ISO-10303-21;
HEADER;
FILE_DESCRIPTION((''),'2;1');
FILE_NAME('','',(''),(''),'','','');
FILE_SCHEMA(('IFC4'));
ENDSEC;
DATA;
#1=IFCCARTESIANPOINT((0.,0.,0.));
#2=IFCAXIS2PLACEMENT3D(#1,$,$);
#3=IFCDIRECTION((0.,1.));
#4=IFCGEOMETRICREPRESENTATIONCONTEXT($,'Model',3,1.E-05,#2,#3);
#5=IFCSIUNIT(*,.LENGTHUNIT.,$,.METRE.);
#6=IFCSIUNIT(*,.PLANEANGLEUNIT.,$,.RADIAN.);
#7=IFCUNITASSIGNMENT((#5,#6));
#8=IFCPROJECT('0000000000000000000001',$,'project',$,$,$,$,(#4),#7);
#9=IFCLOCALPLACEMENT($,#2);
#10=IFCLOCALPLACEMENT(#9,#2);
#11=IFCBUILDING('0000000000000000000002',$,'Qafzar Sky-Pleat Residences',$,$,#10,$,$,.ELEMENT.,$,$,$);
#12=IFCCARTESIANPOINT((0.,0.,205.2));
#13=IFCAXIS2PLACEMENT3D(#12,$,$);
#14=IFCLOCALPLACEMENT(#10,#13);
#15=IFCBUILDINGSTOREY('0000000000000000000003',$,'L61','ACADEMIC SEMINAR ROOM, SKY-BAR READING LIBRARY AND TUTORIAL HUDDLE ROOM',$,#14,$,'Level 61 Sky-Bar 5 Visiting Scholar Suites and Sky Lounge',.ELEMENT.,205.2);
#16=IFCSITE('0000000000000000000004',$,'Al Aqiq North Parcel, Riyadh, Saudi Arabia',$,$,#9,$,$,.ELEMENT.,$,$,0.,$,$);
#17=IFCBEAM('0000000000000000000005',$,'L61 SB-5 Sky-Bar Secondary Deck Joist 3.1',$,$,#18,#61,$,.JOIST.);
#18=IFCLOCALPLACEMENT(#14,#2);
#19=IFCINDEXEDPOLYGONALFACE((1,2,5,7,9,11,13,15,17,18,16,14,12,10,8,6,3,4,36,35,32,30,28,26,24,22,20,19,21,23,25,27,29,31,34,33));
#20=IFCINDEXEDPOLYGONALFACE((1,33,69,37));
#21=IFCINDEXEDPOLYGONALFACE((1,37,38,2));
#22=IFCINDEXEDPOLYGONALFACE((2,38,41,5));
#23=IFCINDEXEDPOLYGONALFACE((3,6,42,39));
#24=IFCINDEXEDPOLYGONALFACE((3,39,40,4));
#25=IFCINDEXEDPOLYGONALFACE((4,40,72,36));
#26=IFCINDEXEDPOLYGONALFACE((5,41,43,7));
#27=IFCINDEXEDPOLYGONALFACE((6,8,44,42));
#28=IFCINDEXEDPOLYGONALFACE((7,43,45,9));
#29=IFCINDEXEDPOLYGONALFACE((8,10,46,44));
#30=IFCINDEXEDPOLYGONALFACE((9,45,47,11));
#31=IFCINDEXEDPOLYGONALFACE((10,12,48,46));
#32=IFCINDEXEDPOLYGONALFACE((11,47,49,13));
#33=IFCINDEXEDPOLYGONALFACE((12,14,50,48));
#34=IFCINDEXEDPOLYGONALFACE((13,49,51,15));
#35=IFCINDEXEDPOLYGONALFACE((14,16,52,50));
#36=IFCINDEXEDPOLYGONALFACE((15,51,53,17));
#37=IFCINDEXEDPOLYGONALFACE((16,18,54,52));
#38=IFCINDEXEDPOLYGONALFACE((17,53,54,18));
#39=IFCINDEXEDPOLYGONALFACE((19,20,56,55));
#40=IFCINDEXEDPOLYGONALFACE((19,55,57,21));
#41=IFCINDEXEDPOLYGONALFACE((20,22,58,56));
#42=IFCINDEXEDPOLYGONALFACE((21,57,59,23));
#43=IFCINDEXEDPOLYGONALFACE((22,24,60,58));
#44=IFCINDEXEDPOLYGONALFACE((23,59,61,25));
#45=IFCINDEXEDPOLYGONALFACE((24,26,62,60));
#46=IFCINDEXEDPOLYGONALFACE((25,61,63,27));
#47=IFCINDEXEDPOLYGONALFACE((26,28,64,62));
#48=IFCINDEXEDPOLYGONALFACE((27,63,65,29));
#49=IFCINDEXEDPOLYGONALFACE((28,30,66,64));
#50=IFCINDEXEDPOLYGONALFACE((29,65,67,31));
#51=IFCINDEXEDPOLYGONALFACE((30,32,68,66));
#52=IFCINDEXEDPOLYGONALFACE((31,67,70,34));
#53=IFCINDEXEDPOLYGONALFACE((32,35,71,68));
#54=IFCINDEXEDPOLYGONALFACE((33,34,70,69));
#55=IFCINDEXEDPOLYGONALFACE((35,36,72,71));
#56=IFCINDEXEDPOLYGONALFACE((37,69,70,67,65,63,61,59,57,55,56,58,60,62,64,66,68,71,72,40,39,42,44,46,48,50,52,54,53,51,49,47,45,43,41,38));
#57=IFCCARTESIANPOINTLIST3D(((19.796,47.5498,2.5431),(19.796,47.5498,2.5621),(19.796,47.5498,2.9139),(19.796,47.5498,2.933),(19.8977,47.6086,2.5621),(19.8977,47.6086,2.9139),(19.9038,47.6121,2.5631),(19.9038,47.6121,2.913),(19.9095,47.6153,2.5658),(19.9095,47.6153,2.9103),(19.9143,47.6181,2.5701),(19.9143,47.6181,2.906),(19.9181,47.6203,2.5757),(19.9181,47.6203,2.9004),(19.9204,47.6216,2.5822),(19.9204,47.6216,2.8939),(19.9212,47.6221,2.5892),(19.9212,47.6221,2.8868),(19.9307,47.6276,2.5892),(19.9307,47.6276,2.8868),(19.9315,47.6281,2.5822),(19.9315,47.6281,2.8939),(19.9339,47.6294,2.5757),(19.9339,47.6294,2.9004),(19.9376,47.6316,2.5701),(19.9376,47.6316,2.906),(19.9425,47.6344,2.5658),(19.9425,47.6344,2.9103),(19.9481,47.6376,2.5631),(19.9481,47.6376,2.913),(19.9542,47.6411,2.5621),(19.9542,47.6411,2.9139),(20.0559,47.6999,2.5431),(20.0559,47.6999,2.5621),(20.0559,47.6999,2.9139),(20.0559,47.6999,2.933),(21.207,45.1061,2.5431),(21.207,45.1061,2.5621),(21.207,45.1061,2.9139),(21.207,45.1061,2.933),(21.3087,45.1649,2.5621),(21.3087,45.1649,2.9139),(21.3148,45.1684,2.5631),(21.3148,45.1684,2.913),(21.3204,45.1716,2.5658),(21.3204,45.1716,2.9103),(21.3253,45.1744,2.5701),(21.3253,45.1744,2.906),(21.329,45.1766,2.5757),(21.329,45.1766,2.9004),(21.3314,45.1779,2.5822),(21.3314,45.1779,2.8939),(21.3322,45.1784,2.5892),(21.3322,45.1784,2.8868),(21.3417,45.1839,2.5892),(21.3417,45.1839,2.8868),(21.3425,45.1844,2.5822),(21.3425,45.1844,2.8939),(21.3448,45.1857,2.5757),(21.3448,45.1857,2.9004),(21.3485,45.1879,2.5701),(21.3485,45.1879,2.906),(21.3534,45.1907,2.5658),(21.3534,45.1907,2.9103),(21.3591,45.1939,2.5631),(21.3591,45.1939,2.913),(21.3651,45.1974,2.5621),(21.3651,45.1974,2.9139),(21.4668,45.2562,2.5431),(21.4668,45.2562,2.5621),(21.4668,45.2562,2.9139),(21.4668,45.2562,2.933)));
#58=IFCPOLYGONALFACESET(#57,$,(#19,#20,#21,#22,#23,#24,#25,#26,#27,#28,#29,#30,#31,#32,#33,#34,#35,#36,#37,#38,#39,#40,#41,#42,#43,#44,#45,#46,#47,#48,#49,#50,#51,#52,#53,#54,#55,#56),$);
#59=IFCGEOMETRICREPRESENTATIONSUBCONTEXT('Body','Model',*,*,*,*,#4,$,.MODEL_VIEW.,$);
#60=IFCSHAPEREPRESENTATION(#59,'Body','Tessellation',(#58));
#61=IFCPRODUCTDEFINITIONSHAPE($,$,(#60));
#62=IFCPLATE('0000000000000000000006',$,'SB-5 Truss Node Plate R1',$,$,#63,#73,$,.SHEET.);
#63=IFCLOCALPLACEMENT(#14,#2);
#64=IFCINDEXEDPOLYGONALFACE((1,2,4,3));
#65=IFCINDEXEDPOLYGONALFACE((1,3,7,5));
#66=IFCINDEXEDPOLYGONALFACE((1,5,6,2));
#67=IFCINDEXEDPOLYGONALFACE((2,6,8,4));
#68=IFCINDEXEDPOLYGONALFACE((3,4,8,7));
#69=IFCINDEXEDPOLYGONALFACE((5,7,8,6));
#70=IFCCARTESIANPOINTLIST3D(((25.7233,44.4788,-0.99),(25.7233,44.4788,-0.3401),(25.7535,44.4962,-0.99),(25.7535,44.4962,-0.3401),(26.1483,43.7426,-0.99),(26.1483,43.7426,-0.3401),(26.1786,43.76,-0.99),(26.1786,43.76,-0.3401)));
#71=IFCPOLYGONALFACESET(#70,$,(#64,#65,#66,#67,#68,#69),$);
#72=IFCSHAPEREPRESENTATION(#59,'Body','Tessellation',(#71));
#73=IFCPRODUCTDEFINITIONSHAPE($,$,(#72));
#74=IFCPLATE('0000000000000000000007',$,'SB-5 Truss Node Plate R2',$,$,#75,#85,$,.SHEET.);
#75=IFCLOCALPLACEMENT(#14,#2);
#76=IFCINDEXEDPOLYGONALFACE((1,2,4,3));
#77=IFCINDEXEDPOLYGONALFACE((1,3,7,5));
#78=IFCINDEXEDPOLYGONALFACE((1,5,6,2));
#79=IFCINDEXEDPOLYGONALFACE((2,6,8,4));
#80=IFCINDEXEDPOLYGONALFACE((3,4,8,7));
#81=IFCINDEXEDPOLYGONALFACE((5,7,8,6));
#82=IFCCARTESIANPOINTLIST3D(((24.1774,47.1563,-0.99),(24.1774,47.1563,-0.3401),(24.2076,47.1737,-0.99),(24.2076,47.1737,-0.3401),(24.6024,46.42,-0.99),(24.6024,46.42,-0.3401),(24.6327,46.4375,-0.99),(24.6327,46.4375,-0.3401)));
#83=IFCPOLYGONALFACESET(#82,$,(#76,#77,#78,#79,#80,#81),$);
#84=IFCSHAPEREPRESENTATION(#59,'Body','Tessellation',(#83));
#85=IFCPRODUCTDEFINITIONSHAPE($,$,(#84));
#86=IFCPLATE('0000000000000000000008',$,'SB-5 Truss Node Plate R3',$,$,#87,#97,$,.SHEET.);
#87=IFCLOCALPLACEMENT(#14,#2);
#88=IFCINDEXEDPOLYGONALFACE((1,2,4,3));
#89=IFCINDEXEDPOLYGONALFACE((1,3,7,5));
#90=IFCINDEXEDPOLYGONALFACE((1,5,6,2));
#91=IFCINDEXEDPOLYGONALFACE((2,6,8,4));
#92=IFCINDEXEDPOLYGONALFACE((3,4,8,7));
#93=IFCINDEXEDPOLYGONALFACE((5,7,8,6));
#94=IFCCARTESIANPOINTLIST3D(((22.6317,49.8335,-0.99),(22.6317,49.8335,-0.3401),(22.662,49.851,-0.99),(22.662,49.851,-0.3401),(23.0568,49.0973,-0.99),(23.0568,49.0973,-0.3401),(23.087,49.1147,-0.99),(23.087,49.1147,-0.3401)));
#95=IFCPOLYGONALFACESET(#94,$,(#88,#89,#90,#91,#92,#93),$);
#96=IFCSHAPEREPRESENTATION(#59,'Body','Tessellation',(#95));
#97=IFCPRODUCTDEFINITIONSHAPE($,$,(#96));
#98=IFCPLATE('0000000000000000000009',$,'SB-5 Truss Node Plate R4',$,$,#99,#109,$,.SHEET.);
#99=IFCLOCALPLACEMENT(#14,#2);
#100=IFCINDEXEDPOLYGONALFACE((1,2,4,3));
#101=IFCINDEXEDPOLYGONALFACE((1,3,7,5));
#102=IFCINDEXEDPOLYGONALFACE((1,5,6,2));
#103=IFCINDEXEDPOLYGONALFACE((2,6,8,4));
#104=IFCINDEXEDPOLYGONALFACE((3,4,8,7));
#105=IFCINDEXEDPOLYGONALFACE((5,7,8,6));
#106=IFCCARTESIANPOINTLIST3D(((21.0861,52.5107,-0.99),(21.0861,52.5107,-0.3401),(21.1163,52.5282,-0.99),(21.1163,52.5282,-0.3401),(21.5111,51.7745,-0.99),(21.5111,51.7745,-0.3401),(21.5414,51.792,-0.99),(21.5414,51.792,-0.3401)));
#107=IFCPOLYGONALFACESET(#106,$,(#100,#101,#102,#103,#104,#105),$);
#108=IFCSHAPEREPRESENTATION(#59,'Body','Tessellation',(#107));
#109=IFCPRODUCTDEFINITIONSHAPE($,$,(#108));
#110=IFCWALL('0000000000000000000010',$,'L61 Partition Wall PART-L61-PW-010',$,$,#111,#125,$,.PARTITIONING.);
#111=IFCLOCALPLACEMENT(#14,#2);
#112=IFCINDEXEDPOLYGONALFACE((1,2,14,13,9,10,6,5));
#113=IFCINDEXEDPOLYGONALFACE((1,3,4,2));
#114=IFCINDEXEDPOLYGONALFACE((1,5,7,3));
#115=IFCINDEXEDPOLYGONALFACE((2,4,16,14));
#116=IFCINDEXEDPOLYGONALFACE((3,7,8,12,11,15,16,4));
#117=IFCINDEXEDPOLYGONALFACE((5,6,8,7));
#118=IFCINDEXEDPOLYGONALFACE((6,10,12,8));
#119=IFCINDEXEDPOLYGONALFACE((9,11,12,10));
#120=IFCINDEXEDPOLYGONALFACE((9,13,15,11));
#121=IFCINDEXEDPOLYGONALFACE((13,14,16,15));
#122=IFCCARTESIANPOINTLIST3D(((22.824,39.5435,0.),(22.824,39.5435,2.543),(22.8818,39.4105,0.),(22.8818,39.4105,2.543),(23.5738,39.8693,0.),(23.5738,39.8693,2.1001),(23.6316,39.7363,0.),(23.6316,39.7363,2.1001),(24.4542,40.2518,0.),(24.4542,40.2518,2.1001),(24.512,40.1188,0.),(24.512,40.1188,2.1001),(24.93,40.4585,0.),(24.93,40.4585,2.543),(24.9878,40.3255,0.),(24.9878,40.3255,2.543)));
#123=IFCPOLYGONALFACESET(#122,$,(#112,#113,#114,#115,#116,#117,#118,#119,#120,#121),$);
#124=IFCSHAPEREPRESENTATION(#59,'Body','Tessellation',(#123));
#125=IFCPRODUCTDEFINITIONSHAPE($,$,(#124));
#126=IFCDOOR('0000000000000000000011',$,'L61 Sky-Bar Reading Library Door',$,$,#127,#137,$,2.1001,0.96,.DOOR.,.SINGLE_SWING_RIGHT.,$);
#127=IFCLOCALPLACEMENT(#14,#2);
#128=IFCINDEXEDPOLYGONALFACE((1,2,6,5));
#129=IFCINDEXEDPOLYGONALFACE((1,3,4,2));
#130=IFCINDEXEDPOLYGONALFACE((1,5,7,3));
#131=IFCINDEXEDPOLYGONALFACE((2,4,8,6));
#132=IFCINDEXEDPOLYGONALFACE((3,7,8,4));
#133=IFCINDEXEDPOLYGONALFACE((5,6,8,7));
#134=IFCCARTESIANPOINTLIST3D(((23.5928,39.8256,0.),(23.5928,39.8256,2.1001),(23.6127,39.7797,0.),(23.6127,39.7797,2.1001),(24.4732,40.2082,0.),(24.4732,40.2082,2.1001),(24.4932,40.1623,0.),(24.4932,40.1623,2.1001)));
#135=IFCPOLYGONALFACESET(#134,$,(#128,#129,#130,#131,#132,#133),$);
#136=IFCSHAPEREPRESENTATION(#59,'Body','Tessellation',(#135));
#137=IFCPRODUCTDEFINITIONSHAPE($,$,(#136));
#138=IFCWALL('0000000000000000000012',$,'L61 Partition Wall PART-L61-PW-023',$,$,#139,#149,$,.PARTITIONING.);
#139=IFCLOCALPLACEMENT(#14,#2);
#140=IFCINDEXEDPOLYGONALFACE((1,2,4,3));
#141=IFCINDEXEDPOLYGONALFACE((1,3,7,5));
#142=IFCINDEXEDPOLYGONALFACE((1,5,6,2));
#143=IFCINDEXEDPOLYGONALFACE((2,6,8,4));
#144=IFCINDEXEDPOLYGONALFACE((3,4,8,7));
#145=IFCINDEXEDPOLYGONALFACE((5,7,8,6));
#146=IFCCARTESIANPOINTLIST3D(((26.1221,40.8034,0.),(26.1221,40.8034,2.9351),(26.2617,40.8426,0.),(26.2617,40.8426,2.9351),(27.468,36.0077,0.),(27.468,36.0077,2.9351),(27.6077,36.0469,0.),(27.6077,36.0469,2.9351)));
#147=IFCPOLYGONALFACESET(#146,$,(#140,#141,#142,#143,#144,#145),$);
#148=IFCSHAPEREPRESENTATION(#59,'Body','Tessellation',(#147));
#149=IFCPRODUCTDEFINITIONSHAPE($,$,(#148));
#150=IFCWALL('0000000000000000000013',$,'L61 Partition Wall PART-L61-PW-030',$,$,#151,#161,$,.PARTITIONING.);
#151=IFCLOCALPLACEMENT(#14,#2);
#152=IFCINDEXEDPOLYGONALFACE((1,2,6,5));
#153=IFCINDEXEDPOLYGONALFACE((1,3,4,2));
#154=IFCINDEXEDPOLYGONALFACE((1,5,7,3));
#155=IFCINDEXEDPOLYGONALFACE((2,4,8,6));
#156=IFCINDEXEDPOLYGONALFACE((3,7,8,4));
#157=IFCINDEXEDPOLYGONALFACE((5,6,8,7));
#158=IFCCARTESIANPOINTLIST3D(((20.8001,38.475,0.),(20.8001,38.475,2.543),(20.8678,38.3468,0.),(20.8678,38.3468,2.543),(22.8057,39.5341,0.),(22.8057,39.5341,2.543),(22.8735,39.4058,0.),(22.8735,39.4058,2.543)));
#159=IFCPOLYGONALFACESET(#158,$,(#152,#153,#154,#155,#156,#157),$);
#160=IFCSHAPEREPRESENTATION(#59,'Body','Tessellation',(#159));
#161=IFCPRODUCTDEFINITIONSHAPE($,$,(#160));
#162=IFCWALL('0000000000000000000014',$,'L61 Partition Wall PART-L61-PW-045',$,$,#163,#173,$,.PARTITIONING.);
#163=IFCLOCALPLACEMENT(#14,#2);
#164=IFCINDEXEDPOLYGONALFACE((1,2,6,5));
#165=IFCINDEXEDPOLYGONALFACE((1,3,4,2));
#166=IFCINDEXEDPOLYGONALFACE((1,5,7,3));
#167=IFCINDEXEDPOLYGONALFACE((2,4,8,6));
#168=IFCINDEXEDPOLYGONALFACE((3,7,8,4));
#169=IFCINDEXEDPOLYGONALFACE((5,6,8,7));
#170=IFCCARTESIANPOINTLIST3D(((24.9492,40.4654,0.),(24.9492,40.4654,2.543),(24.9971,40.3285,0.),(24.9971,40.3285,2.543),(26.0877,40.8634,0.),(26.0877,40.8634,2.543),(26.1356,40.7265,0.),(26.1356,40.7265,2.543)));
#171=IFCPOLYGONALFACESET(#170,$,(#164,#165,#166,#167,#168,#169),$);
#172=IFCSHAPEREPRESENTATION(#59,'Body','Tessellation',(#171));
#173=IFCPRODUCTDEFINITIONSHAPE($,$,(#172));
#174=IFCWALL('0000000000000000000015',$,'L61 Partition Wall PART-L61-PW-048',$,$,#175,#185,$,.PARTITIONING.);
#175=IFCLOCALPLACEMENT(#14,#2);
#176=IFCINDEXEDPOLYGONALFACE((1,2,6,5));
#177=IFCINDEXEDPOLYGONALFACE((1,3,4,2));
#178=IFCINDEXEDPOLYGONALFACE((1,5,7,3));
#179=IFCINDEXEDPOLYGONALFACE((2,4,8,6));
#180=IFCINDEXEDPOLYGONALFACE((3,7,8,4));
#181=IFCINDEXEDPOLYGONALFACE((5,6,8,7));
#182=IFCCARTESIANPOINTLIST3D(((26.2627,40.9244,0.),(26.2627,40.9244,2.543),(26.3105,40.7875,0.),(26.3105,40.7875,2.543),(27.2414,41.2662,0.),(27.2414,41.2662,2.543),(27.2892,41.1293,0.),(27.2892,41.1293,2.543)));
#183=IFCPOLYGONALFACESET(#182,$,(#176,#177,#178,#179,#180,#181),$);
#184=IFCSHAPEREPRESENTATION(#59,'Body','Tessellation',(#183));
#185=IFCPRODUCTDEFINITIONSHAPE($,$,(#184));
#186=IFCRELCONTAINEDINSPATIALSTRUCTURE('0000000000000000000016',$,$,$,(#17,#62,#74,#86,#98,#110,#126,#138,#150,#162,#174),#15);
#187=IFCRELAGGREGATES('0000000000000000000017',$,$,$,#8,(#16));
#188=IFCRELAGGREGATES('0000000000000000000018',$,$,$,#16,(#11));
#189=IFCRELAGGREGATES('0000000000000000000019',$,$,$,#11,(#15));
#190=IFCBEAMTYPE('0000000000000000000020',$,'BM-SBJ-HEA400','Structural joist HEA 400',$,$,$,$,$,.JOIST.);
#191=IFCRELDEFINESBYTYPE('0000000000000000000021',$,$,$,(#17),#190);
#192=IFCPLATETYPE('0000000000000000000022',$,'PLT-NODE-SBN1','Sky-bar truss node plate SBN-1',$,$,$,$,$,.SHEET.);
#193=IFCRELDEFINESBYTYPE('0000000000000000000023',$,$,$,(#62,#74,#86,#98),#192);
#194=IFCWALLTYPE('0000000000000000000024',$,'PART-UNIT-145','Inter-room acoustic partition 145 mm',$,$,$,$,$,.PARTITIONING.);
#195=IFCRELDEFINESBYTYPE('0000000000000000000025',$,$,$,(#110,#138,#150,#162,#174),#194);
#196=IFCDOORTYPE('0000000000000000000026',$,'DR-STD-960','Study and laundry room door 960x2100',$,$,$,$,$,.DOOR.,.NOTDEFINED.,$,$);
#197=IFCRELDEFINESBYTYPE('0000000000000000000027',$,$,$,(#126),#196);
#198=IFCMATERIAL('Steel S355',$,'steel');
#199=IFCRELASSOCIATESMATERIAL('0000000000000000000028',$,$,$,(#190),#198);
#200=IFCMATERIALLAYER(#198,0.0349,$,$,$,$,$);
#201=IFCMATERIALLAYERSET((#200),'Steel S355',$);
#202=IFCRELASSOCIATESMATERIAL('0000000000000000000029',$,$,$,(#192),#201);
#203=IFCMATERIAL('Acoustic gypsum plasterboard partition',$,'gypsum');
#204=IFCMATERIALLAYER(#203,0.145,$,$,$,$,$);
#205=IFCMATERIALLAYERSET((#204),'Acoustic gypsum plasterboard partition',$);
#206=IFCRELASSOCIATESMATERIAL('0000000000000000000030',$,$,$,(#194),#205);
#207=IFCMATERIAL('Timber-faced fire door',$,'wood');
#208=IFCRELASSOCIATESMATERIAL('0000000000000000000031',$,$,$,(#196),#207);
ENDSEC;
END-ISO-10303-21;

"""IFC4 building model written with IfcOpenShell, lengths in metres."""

from ifc_helpers import new_model, si_unit, direction, frame, frame_2d, origin, origin_2d, place, context, subcontext, project, spatial, rectangle, i_section, extrude, source, transform, mapped, material, layer, layer_set, material_profile, profile_set, type_object, element, fill, save


model = new_model("IFC4")

# Units and contexts
model_context = context("Model", 3, precision=1e-05, world=origin(), true_north=direction((0.0, 1.0)))
body_context = subcontext(model_context, "Body", "Model", "MODEL_VIEW")
ifc_project = project(units=[si_unit("LENGTHUNIT", "METRE"), si_unit("PLANEANGLEUNIT", "RADIAN")], contexts=[model_context])

# Site, building, storey
site_placement = place(None, origin())
site = spatial("IfcSite", under=ifc_project, at=site_placement, Name="Al Aqiq North Parcel, Riyadh, Saudi Arabia", CompositionType="ELEMENT", RefElevation=0.0)
building_placement = place(site_placement, origin())
building = spatial("IfcBuilding", under=site, at=building_placement, Name="Qafzar Sky-Pleat Residences", CompositionType="ELEMENT")
storey_placement = place(building_placement, frame((0.0, 0.0, 205.2)))
storey = spatial("IfcBuildingStorey", under=building, at=storey_placement, Name="L61", Description="ACADEMIC SEMINAR ROOM, SKY-BAR READING LIBRARY AND TUTORIAL HUDDLE ROOM", LongName="Level 61 Sky-Bar 5 Visiting Scholar Suites and Sky Lounge", CompositionType="ELEMENT", Elevation=205.2)

# Shared definitions
ifc_material_1 = material(Name="Steel S355", Category="steel")

# Beam
ifc_material_profile_1 = material_profile(ifc_material_1, i_section(OverallWidth=0.3, OverallDepth=0.3899, WebThickness=0.011, FlangeThickness=0.019, FilletRadius=0.0271, at=origin_2d()), Name="HEA 400")
ifc_profile_set_1 = profile_set([ifc_material_profile_1], Name="Steel S355")
beam_type_1 = type_object("IfcBeamType", Name="BM-SBJ-HEA400", Description="Structural joist HEA 400", PredefinedType="JOIST", material=ifc_profile_set_1)
shared_shape_1 = source(origin(), body_context, "Body", "SweptSolid", [
    extrude(i_section(OverallWidth=0.3, OverallDepth=0.3899, WebThickness=0.011, FlangeThickness=0.019, FilletRadius=0.0271, at=origin_2d()), origin(), (0.0, 0.0, 1.0), 2.8218),
])
beam_1_placement = place(storey_placement, frame((21.3369, 45.1812, 2.738), z_axis=(-0.50002, 0.866014, 0.0), x_axis=(-0.866014, -0.50002, 0.0)))
element("IfcBeam", 1, at=beam_1_placement, inside=storey, type_object=beam_type_1, Name="L61 SB-5 Sky-Bar Secondary Deck Joist 3.1", PredefinedType="JOIST", context=body_context, shape_type="MappedRepresentation", body=[
    mapped(shared_shape_1, transform((0.0, 0.0, 0.0), x_axis=(1.0, 0.0, 0.0), y_axis=(0.0, 1.0, 0.0), z_axis=(0.0, 0.0, 1.0), scale=1.0)),
])

# Plates
ifc_layer_1 = layer(ifc_material_1, 0.0349)
ifc_layer_set_1 = layer_set([ifc_layer_1], Name="Steel S355")
plate_type = type_object("IfcPlateType", Name="PLT-NODE-SBN1", Description="Sky-bar truss node plate SBN-1", PredefinedType="SHEET", material=ifc_layer_set_1)
shared_shape_2 = source(origin(), body_context, "Body", "SweptSolid", [
    extrude(rectangle(XDim=0.8501, YDim=0.0349, at=origin_2d()), origin(), (0.0, 0.0, 1.0), 0.6499),
])
for number, where, z_axis, x_axis, name in (
    (2, (25.9509, 44.1194, -0.99), (0.0, 0.0, 1.0), (-0.5, 0.866025, 0.0), "SB-5 Truss Node Plate R1"),
    (3, (24.405, 46.7969, -0.99), (0.0, 0.0, 1.0), (-0.5, 0.866025, 0.0), "SB-5 Truss Node Plate R2"),
    (4, (22.8594, 49.4741, -0.99), (0.0, 0.0, 1.0), (-0.5, 0.866025, 0.0), "SB-5 Truss Node Plate R3"),
    (5, (21.3137, 52.1514, -0.99), (0.0, 0.0, 1.0), (-0.5, 0.866025, 0.0), "SB-5 Truss Node Plate R4"),
):
    element("IfcPlate", number, at=place(storey_placement, frame(where, z_axis=z_axis, x_axis=x_axis)), inside=storey, type_object=plate_type, Name=name, PredefinedType="SHEET", context=body_context, shape_type="MappedRepresentation", body=[
        mapped(shared_shape_2, transform((0.0, 0.0, 0.0), x_axis=(1.0, 0.0, 0.0), y_axis=(0.0, 1.0, 0.0), z_axis=(0.0, 0.0, 1.0), scale=1.0)),
    ])

# Wall, opening, door
ifc_material_2 = material(Name="Acoustic gypsum plasterboard partition", Category="gypsum")
ifc_layer_2 = layer(ifc_material_2, 0.145)
ifc_layer_set_2 = layer_set([ifc_layer_2], Name="Acoustic gypsum plasterboard partition")
wall_type = type_object("IfcWallType", Name="PART-UNIT-145", Description="Inter-room acoustic partition 145 mm", PredefinedType="PARTITIONING", material=ifc_layer_set_2)
wall_1_placement = place(storey_placement, frame((22.853, 39.4771, 0.0), z_axis=(0.0, 0.0, 1.0), x_axis=(0.917165, 0.398508, 0.0)))
wall_1 = element("IfcWall", 6, at=wall_1_placement, inside=storey, type_object=wall_type, Name="L61 Partition Wall PART-L61-PW-010", PredefinedType="PARTITIONING", context=body_context, shape_type="SweptSolid", body=[
    extrude(rectangle(XDim=2.2961, YDim=0.145, at=frame_2d((1.1479, 0.0))), origin(), (0.0, 0.0, 1.0), 2.543),
])
opening_placement = place(wall_1_placement, frame((0.8174, 0.0, 0.0)))
opening = element("IfcOpeningElement", 7, at=opening_placement, cuts=wall_1, PredefinedType="OPENING", context=body_context, shape_type="SweptSolid", body=[
    extrude(rectangle(XDim=0.96, YDim=2.1001, at=frame_2d((0.48, 1.05))), frame((0.0, 0.0825, 0.0), z_axis=(0.0, -1.0, 0.0), x_axis=(1.0, 0.0, 0.0)), (0.0, 0.0, 1.0), 0.165),
])
ifc_material_3 = material(Name="Timber-faced fire door", Category="wood")
door_type = type_object("IfcDoorType", Name="DR-STD-960", Description="Study and laundry room door 960x2100", OperationType="NOTDEFINED", PredefinedType="DOOR", material=ifc_material_3)
shared_shape_3 = source(origin(), body_context, "Body", "SweptSolid", [
    extrude(rectangle(XDim=0.96, YDim=2.1001, at=frame_2d((0.48, 1.05))), frame((0.0, 0.0249, 0.0), z_axis=(0.0, -1.0, 0.0), x_axis=(1.0, 0.0, 0.0)), (0.0, 0.0, 1.0), 0.05),
])
door_placement = place(opening_placement, origin())
door = element("IfcDoor", 8, at=door_placement, inside=storey, type_object=door_type, Name="L61 Sky-Bar Reading Library Door", OperationType="SINGLE_SWING_RIGHT", OverallHeight=2.1001, OverallWidth=0.96, PredefinedType="DOOR", context=body_context, shape_type="MappedRepresentation", body=[
    mapped(shared_shape_3, transform((0.0, 0.0, 0.0), x_axis=(1.0, 0.0, 0.0), y_axis=(0.0, 1.0, 0.0), z_axis=(0.0, 0.0, 1.0), scale=1.0)),
])
fill(opening, door)

# Walls
wall_2_placement = place(storey_placement, frame((26.1919, 40.823, 0.0), z_axis=(0.0, 0.0, 1.0), x_axis=(0.270219, -0.962799, 0.0)))
element("IfcWall", 9, at=wall_2_placement, inside=storey, type_object=wall_type, Name="L61 Partition Wall PART-L61-PW-023", PredefinedType="PARTITIONING", context=body_context, shape_type="SweptSolid", body=[
    extrude(rectangle(XDim=4.981, YDim=0.145, at=frame_2d((2.4905, 0.0))), origin(), (0.0, 0.0, 1.0), 2.9351),
])
wall_3_placement = place(storey_placement, frame((20.834, 38.4109, 0.0), z_axis=(0.0, 0.0, 1.0), x_axis=(0.884282, 0.466953, 0.0)))
element("IfcWall", 10, at=wall_3_placement, inside=storey, type_object=wall_type, Name="L61 Partition Wall PART-L61-PW-030", PredefinedType="PARTITIONING", context=body_context, shape_type="SweptSolid", body=[
    extrude(rectangle(XDim=2.2681, YDim=0.145, at=frame_2d((1.134, 0.0))), origin(), (0.0, 0.0, 1.0), 2.543),
])
wall_4_placement = place(storey_placement, frame((24.9731, 40.397, 0.0), z_axis=(0.0, 0.0, 1.0), x_axis=(0.943988, 0.329981, 0.0)))
element("IfcWall", 11, at=wall_4_placement, inside=storey, type_object=wall_type, Name="L61 Partition Wall PART-L61-PW-045", PredefinedType="PARTITIONING", context=body_context, shape_type="SweptSolid", body=[
    extrude(rectangle(XDim=1.2061, YDim=0.145, at=frame_2d((0.603, 0.0))), origin(), (0.0, 0.0, 1.0), 2.543),
])
wall_5_placement = place(storey_placement, frame((26.2866, 40.856, 0.0), z_axis=(0.0, 0.0, 1.0), x_axis=(0.944089, 0.329689, 0.0)))
element("IfcWall", 12, at=wall_5_placement, inside=storey, type_object=wall_type, Name="L61 Partition Wall PART-L61-PW-048", PredefinedType="PARTITIONING", context=body_context, shape_type="SweptSolid", body=[
    extrude(rectangle(XDim=1.0366, YDim=0.145, at=frame_2d((0.5183, 0.0))), origin(), (0.0, 0.0, 1.0), 2.543),
])

save(model, "model.ifc")
